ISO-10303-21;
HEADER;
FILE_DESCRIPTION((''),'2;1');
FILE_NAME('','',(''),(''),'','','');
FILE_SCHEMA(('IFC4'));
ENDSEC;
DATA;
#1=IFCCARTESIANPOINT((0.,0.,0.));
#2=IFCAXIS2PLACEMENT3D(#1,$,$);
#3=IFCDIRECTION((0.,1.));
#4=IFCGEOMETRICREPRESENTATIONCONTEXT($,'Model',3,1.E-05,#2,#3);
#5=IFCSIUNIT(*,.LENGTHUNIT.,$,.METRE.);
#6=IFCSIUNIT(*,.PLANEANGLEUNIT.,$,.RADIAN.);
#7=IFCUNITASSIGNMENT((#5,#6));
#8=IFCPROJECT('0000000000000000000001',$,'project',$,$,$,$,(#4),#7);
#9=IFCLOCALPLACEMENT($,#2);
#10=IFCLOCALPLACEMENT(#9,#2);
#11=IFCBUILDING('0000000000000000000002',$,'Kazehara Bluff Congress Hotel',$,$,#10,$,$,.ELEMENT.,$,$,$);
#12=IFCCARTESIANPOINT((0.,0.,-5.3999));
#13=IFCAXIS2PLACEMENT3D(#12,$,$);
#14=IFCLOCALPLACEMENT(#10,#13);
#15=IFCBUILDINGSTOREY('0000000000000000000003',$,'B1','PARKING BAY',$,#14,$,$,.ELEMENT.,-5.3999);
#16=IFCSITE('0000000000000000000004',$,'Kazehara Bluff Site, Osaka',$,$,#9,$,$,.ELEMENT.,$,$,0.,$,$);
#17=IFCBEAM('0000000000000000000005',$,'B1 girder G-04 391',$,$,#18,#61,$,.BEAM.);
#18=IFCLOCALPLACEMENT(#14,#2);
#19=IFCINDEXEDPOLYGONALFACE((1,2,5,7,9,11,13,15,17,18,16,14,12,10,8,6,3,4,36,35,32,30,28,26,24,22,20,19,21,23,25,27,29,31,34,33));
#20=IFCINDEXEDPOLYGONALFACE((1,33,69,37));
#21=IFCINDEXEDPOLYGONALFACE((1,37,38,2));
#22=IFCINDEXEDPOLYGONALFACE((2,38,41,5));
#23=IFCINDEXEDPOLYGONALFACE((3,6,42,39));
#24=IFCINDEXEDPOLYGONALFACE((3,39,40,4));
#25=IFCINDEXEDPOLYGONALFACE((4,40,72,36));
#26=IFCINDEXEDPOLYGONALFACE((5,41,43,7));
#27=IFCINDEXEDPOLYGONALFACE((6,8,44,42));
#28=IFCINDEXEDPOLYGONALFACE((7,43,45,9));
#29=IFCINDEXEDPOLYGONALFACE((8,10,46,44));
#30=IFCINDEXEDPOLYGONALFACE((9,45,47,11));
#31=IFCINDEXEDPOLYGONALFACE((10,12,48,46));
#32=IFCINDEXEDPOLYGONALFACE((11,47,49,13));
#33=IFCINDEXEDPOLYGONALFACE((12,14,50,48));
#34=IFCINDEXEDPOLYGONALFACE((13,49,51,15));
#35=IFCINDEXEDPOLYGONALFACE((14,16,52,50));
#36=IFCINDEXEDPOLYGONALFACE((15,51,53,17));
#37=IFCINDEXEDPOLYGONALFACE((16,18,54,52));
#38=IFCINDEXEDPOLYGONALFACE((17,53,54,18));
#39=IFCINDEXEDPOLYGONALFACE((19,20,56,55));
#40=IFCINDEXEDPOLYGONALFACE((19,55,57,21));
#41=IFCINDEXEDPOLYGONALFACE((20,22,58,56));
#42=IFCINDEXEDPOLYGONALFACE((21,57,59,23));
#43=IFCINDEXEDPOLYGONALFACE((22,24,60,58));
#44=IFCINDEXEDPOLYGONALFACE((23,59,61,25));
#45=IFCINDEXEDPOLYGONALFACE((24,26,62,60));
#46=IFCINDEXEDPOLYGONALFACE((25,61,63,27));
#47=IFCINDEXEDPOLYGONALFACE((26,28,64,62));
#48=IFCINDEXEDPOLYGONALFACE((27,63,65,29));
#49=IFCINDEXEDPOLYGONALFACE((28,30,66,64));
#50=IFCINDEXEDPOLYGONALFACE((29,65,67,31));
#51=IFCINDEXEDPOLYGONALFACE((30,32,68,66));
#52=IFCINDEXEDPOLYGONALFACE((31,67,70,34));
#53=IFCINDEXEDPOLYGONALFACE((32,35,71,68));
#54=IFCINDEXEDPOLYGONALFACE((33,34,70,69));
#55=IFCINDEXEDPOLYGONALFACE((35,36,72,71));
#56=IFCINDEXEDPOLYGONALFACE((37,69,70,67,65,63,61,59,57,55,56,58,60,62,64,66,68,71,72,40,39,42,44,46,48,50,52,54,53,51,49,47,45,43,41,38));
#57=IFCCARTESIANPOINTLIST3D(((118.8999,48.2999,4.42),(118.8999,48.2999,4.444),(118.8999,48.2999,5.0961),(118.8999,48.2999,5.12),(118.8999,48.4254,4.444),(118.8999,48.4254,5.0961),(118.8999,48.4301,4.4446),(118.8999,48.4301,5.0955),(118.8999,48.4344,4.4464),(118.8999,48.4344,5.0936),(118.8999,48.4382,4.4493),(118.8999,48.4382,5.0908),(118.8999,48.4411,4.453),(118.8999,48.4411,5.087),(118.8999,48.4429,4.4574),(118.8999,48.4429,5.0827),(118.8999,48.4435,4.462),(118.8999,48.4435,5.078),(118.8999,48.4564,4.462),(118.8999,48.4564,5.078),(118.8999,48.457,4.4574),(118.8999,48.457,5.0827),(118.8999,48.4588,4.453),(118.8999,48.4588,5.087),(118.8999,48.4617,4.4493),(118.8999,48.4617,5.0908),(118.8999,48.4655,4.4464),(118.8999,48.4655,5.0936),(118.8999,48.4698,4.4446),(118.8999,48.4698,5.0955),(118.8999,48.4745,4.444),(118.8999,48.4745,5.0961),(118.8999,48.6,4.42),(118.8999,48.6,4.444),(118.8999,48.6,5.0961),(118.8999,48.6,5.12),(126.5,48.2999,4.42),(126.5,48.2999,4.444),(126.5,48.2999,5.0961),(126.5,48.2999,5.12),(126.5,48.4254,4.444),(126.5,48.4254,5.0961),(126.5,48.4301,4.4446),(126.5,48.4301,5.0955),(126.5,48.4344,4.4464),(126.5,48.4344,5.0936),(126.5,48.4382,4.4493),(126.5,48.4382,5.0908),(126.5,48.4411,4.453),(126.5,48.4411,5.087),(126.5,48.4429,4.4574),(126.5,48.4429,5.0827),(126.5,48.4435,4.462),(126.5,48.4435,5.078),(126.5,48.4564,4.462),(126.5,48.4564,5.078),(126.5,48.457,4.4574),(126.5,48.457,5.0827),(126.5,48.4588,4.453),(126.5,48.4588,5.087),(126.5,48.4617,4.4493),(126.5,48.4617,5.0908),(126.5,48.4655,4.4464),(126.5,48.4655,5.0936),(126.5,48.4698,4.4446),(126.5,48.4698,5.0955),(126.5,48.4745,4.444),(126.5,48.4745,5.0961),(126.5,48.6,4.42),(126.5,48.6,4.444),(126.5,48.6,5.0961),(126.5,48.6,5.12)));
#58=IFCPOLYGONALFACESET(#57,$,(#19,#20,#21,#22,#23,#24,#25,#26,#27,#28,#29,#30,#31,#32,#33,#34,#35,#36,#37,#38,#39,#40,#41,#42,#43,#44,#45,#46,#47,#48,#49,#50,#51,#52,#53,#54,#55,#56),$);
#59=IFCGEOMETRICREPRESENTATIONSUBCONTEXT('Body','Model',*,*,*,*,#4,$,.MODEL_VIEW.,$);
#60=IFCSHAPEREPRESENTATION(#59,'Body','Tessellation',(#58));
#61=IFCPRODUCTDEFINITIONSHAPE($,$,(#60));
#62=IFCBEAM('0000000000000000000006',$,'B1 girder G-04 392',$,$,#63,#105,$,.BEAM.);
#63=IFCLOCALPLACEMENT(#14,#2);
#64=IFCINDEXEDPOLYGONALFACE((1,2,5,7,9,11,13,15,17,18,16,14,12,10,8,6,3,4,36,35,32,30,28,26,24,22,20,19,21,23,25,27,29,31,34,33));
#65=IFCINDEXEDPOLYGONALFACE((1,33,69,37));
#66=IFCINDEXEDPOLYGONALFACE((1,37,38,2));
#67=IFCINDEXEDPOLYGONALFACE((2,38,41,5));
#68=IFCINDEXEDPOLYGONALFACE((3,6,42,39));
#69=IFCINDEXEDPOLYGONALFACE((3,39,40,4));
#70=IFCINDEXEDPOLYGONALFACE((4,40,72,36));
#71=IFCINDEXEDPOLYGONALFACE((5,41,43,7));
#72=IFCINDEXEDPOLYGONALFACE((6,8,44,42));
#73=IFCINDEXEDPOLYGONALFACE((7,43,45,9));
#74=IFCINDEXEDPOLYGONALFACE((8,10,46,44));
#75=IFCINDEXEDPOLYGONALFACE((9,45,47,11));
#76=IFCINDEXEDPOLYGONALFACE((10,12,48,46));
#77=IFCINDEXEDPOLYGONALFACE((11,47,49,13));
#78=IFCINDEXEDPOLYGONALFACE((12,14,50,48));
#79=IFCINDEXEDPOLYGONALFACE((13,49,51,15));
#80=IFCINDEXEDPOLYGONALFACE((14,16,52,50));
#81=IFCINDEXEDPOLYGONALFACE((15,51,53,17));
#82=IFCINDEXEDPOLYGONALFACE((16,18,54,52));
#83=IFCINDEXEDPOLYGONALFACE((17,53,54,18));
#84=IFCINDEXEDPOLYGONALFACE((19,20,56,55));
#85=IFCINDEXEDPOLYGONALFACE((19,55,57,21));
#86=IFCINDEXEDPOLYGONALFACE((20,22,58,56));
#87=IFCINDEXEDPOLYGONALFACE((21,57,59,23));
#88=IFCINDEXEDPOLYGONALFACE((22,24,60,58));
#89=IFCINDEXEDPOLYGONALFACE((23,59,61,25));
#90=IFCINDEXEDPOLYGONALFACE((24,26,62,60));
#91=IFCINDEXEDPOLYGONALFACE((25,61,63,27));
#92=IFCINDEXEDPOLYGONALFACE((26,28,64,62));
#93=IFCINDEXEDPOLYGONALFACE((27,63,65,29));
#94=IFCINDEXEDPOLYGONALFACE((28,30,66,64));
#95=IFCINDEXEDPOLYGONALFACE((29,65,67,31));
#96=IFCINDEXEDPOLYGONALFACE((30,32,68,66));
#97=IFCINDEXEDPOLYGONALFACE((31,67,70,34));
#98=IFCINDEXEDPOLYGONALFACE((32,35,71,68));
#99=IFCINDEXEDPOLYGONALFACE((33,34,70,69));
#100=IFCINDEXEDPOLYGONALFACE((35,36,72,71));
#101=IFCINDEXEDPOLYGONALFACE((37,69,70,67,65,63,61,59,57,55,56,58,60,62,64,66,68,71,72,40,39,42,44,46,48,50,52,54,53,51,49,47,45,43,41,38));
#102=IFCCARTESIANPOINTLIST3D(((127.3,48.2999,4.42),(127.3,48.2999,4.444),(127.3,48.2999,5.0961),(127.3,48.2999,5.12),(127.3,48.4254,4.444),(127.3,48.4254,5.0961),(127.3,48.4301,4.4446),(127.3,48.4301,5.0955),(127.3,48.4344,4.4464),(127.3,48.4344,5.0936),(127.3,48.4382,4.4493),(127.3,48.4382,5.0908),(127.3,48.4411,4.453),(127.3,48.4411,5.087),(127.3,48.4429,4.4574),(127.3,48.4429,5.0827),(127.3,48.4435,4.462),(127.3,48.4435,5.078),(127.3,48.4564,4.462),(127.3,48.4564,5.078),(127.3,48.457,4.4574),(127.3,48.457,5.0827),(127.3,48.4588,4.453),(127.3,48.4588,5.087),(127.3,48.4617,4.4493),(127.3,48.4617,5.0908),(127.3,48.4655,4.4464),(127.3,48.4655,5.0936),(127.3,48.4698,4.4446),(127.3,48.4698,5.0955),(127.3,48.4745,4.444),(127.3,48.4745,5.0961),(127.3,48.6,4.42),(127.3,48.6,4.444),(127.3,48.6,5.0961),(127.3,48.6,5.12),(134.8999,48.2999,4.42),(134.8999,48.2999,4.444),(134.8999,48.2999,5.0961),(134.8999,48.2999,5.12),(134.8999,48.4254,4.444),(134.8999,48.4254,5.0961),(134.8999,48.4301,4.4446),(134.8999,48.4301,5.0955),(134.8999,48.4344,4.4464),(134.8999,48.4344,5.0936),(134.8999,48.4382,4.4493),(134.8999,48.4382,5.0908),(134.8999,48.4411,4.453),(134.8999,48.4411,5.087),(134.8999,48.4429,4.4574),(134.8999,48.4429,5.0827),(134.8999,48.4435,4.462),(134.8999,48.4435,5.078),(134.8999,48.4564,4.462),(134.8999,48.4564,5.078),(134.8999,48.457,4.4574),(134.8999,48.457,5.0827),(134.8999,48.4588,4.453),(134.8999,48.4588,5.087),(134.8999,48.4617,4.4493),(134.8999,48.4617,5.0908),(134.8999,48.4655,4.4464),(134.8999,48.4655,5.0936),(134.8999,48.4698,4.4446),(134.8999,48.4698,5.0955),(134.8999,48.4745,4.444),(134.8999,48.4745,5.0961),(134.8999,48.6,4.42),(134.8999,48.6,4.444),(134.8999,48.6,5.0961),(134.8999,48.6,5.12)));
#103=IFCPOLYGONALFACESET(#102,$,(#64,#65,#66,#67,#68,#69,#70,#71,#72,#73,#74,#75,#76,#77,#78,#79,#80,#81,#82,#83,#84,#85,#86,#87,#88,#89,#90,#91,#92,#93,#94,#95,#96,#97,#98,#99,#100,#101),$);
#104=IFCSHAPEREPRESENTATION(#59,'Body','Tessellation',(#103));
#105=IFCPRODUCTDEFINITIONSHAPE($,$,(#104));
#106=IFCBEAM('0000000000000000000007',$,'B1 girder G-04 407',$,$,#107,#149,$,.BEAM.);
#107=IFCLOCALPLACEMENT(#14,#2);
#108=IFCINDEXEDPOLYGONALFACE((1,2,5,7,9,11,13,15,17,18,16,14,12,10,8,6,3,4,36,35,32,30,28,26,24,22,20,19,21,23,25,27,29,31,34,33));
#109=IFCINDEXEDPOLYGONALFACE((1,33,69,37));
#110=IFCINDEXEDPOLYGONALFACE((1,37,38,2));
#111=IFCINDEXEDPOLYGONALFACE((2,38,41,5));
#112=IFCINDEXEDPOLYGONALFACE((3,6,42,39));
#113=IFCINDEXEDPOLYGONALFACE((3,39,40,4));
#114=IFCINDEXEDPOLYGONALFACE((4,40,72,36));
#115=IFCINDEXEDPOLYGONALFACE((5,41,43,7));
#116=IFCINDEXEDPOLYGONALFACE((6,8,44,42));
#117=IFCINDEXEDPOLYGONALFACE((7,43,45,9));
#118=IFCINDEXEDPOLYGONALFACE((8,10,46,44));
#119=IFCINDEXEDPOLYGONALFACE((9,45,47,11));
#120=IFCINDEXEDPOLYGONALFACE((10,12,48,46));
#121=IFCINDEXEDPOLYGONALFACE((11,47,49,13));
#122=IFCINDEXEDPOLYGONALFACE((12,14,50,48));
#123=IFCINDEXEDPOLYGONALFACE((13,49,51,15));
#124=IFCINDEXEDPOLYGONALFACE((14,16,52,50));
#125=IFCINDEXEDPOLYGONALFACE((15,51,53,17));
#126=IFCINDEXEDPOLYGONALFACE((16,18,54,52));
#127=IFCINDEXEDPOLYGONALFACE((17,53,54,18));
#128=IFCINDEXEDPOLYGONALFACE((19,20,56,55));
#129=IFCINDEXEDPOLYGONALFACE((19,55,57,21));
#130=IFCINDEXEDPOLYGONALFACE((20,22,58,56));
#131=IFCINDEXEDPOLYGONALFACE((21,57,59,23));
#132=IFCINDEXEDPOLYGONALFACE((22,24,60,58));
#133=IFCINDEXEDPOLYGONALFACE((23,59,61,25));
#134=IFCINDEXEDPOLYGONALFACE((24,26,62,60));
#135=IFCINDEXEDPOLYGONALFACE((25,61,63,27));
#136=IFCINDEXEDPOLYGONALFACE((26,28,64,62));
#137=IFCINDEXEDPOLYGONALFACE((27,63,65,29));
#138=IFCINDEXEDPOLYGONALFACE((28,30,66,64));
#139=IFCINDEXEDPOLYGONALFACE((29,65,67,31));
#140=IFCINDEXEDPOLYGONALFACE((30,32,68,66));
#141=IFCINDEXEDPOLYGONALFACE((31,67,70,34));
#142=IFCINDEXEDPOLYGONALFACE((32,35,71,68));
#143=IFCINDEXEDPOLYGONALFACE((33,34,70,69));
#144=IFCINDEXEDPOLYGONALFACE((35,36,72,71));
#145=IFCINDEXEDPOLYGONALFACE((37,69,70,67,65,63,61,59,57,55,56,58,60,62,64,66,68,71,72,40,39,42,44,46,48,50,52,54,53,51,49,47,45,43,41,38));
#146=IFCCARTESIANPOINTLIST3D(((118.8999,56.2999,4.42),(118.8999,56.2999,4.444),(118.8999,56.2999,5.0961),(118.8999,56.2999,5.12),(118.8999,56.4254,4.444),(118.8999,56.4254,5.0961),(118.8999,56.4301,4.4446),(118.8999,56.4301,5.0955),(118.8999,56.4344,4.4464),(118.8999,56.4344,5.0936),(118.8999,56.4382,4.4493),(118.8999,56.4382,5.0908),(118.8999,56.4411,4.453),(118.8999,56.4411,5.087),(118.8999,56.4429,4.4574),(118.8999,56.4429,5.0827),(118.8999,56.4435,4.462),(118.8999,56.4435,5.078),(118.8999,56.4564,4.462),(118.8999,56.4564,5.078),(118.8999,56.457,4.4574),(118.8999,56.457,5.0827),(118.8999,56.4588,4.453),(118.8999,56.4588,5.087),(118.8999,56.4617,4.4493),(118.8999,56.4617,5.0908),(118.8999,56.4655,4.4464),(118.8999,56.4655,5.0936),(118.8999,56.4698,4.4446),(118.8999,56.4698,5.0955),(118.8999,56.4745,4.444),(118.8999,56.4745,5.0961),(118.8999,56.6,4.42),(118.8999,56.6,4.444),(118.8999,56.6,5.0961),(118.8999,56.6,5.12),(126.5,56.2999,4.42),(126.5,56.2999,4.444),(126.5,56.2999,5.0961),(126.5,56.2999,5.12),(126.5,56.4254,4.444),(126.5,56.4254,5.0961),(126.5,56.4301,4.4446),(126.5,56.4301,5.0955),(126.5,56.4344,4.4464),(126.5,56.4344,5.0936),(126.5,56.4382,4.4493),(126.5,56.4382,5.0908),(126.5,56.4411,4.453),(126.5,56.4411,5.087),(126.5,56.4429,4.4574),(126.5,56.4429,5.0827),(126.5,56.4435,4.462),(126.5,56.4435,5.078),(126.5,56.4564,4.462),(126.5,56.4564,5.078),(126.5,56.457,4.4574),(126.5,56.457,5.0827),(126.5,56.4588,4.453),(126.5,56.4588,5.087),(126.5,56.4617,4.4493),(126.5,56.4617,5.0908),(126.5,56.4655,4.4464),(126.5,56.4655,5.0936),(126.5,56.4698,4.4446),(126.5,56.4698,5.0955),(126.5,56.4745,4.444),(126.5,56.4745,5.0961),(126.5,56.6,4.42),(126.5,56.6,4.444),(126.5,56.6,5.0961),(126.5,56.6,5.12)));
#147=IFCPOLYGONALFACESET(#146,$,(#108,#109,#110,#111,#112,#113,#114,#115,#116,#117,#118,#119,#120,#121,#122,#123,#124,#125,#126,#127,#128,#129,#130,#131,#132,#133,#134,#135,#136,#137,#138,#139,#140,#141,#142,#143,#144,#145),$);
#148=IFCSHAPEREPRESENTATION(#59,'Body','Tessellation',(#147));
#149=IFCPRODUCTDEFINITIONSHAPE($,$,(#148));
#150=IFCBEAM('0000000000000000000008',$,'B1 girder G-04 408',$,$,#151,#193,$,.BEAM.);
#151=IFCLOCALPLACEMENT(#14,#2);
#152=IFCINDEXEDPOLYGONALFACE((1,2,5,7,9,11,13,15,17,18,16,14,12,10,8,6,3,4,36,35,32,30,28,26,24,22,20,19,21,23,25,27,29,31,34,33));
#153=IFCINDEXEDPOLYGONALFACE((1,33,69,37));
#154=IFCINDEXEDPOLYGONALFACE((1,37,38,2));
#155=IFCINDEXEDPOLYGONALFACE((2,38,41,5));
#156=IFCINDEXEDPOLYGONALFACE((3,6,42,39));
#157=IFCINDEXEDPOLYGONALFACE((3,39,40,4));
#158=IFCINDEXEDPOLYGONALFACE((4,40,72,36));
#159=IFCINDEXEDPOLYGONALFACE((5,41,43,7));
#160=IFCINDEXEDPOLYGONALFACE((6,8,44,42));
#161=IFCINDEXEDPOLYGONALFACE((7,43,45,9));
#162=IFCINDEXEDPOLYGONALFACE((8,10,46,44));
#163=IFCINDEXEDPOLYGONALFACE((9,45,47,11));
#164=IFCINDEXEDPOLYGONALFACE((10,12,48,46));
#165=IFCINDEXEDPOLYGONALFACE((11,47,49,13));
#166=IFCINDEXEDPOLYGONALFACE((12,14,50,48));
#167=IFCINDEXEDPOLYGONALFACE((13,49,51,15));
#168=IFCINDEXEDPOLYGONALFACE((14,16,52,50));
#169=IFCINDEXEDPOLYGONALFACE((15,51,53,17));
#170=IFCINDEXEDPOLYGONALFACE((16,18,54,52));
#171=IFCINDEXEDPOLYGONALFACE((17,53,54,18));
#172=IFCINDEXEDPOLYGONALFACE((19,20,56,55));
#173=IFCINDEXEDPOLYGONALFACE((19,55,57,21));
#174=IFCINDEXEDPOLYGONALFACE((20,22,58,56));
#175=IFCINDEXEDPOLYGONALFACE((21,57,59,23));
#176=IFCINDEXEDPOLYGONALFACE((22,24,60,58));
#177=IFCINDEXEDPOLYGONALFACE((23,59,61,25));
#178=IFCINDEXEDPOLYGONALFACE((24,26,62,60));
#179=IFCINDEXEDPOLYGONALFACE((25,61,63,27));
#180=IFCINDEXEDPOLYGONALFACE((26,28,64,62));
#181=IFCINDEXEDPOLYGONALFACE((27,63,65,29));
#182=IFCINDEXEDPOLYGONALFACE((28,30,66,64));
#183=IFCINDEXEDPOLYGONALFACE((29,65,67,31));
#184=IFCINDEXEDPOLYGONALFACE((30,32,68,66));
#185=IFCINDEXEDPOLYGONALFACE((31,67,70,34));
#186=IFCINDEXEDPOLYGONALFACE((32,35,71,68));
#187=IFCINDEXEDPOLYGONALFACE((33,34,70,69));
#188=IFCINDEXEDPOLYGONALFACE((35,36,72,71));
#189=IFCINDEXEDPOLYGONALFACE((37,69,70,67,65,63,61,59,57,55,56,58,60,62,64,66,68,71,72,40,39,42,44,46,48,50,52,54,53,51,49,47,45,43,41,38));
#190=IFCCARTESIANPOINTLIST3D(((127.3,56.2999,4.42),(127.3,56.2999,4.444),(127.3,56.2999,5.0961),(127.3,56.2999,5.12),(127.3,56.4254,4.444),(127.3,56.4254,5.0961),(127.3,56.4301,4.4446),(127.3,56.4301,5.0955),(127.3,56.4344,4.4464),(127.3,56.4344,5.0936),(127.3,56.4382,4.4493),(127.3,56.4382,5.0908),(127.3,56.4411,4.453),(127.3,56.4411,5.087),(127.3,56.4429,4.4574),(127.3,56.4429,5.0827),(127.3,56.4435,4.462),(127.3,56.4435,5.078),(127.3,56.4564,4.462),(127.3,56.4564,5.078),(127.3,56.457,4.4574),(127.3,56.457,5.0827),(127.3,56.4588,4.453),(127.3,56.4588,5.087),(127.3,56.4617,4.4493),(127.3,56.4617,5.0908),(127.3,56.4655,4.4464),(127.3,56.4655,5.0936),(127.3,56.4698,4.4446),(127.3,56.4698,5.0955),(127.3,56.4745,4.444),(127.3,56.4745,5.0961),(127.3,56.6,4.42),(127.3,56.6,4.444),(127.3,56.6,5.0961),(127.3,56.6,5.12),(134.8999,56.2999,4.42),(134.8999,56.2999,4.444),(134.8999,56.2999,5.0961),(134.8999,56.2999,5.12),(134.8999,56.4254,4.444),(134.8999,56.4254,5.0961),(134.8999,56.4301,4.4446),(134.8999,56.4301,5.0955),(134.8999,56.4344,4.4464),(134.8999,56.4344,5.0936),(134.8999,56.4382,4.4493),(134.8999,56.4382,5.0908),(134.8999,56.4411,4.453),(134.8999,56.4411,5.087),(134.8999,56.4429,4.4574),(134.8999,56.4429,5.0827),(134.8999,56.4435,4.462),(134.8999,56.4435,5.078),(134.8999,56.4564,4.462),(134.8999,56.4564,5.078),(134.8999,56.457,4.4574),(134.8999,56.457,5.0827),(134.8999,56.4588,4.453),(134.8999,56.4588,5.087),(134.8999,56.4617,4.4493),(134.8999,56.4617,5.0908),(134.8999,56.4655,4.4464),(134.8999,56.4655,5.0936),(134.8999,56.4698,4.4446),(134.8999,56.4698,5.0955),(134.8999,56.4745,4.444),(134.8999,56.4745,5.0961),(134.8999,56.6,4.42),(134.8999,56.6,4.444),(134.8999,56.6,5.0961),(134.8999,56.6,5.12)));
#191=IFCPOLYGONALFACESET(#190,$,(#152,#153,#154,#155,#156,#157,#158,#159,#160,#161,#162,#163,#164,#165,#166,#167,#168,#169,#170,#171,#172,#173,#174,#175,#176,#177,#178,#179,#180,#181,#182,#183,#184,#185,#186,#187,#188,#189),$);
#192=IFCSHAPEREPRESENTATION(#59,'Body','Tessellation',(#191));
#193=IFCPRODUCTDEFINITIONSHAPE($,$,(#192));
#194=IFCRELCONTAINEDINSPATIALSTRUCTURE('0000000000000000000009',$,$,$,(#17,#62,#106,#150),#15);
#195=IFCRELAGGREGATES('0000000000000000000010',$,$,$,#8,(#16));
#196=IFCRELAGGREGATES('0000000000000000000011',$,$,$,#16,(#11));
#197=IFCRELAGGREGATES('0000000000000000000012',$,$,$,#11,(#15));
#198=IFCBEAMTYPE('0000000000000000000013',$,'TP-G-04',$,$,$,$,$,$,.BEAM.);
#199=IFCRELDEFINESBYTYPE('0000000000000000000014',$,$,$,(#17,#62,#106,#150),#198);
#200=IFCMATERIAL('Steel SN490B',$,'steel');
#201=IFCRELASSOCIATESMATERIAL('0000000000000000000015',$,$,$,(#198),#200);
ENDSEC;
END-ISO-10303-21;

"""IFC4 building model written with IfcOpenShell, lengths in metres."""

from ifc_helpers import new_model, si_unit, direction, frame, origin, origin_2d, place, context, subcontext, project, spatial, i_section, extrude, material, material_profile, profile_set, type_object, element, save


model = new_model("IFC4")

# Units and contexts
model_context = context("Model", 3, precision=1e-05, world=origin(), true_north=direction((0.0, 1.0)))
body_context = subcontext(model_context, "Body", "Model", "MODEL_VIEW")
ifc_project = project(units=[si_unit("LENGTHUNIT", "METRE"), si_unit("PLANEANGLEUNIT", "RADIAN")], contexts=[model_context])

# Site, building, storey
site_placement = place(None, origin())
site = spatial("IfcSite", under=ifc_project, at=site_placement, Name="Kazehara Bluff Site, Osaka", CompositionType="ELEMENT", RefElevation=0.0)
building_placement = place(site_placement, origin())
building = spatial("IfcBuilding", under=site, at=building_placement, Name="Kazehara Bluff Congress Hotel", CompositionType="ELEMENT")
storey_placement = place(building_placement, frame((0.0, 0.0, -5.3999)))
storey = spatial("IfcBuildingStorey", under=building, at=storey_placement, Name="B1", Description="PARKING BAY", CompositionType="ELEMENT", Elevation=-5.3999)

# Beams
ifc_material_1 = material(Name="Steel SN490B", Category="steel")
ifc_material_profile_1 = material_profile(ifc_material_1, i_section(OverallWidth=0.3, OverallDepth=0.7, WebThickness=0.0129, FlangeThickness=0.0239, FilletRadius=0.0181, at=origin_2d()))
ifc_profile_set_1 = profile_set([ifc_material_profile_1], Name="Steel SN490B")
beam_type_1 = type_object("IfcBeamType", Name="TP-G-04", PredefinedType="BEAM", material=ifc_profile_set_1)
beam_1_placement = place(storey_placement, frame((118.8999, 48.45, 4.77), z_axis=(1.0, 0.0, 0.0), x_axis=(0.0, 1.0, 0.0)))
element("IfcBeam", 1, at=beam_1_placement, inside=storey, type_object=beam_type_1, Name="B1 girder G-04 391", PredefinedType="BEAM", context=body_context, shape_type="SweptSolid", body=[
    extrude(i_section(OverallWidth=0.3, OverallDepth=0.7, WebThickness=0.0129, FlangeThickness=0.0239, FilletRadius=0.0181, at=origin_2d()), origin(), (0.0, 0.0, 1.0), 7.6001),
])
beam_2_placement = place(storey_placement, frame((127.3, 48.45, 4.77), z_axis=(1.0, 0.0, 0.0), x_axis=(0.0, 1.0, 0.0)))
element("IfcBeam", 2, at=beam_2_placement, inside=storey, type_object=beam_type_1, Name="B1 girder G-04 392", PredefinedType="BEAM", context=body_context, shape_type="SweptSolid", body=[
    extrude(i_section(OverallWidth=0.3, OverallDepth=0.7, WebThickness=0.0129, FlangeThickness=0.0239, FilletRadius=0.0181, at=origin_2d()), origin(), (0.0, 0.0, 1.0), 7.5999),
])
beam_3_placement = place(storey_placement, frame((118.8999, 56.45, 4.77), z_axis=(1.0, 0.0, 0.0), x_axis=(0.0, 1.0, 0.0)))
element("IfcBeam", 3, at=beam_3_placement, inside=storey, type_object=beam_type_1, Name="B1 girder G-04 407", PredefinedType="BEAM", context=body_context, shape_type="SweptSolid", body=[
    extrude(i_section(OverallWidth=0.3, OverallDepth=0.7, WebThickness=0.0129, FlangeThickness=0.0239, FilletRadius=0.0181, at=origin_2d()), origin(), (0.0, 0.0, 1.0), 7.6001),
])
beam_4_placement = place(storey_placement, frame((127.3, 56.45, 4.77), z_axis=(1.0, 0.0, 0.0), x_axis=(0.0, 1.0, 0.0)))
element("IfcBeam", 4, at=beam_4_placement, inside=storey, type_object=beam_type_1, Name="B1 girder G-04 408", PredefinedType="BEAM", context=body_context, shape_type="SweptSolid", body=[
    extrude(i_section(OverallWidth=0.3, OverallDepth=0.7, WebThickness=0.0129, FlangeThickness=0.0239, FilletRadius=0.0181, at=origin_2d()), origin(), (0.0, 0.0, 1.0), 7.5999),
])

save(model, "model.ifc")
